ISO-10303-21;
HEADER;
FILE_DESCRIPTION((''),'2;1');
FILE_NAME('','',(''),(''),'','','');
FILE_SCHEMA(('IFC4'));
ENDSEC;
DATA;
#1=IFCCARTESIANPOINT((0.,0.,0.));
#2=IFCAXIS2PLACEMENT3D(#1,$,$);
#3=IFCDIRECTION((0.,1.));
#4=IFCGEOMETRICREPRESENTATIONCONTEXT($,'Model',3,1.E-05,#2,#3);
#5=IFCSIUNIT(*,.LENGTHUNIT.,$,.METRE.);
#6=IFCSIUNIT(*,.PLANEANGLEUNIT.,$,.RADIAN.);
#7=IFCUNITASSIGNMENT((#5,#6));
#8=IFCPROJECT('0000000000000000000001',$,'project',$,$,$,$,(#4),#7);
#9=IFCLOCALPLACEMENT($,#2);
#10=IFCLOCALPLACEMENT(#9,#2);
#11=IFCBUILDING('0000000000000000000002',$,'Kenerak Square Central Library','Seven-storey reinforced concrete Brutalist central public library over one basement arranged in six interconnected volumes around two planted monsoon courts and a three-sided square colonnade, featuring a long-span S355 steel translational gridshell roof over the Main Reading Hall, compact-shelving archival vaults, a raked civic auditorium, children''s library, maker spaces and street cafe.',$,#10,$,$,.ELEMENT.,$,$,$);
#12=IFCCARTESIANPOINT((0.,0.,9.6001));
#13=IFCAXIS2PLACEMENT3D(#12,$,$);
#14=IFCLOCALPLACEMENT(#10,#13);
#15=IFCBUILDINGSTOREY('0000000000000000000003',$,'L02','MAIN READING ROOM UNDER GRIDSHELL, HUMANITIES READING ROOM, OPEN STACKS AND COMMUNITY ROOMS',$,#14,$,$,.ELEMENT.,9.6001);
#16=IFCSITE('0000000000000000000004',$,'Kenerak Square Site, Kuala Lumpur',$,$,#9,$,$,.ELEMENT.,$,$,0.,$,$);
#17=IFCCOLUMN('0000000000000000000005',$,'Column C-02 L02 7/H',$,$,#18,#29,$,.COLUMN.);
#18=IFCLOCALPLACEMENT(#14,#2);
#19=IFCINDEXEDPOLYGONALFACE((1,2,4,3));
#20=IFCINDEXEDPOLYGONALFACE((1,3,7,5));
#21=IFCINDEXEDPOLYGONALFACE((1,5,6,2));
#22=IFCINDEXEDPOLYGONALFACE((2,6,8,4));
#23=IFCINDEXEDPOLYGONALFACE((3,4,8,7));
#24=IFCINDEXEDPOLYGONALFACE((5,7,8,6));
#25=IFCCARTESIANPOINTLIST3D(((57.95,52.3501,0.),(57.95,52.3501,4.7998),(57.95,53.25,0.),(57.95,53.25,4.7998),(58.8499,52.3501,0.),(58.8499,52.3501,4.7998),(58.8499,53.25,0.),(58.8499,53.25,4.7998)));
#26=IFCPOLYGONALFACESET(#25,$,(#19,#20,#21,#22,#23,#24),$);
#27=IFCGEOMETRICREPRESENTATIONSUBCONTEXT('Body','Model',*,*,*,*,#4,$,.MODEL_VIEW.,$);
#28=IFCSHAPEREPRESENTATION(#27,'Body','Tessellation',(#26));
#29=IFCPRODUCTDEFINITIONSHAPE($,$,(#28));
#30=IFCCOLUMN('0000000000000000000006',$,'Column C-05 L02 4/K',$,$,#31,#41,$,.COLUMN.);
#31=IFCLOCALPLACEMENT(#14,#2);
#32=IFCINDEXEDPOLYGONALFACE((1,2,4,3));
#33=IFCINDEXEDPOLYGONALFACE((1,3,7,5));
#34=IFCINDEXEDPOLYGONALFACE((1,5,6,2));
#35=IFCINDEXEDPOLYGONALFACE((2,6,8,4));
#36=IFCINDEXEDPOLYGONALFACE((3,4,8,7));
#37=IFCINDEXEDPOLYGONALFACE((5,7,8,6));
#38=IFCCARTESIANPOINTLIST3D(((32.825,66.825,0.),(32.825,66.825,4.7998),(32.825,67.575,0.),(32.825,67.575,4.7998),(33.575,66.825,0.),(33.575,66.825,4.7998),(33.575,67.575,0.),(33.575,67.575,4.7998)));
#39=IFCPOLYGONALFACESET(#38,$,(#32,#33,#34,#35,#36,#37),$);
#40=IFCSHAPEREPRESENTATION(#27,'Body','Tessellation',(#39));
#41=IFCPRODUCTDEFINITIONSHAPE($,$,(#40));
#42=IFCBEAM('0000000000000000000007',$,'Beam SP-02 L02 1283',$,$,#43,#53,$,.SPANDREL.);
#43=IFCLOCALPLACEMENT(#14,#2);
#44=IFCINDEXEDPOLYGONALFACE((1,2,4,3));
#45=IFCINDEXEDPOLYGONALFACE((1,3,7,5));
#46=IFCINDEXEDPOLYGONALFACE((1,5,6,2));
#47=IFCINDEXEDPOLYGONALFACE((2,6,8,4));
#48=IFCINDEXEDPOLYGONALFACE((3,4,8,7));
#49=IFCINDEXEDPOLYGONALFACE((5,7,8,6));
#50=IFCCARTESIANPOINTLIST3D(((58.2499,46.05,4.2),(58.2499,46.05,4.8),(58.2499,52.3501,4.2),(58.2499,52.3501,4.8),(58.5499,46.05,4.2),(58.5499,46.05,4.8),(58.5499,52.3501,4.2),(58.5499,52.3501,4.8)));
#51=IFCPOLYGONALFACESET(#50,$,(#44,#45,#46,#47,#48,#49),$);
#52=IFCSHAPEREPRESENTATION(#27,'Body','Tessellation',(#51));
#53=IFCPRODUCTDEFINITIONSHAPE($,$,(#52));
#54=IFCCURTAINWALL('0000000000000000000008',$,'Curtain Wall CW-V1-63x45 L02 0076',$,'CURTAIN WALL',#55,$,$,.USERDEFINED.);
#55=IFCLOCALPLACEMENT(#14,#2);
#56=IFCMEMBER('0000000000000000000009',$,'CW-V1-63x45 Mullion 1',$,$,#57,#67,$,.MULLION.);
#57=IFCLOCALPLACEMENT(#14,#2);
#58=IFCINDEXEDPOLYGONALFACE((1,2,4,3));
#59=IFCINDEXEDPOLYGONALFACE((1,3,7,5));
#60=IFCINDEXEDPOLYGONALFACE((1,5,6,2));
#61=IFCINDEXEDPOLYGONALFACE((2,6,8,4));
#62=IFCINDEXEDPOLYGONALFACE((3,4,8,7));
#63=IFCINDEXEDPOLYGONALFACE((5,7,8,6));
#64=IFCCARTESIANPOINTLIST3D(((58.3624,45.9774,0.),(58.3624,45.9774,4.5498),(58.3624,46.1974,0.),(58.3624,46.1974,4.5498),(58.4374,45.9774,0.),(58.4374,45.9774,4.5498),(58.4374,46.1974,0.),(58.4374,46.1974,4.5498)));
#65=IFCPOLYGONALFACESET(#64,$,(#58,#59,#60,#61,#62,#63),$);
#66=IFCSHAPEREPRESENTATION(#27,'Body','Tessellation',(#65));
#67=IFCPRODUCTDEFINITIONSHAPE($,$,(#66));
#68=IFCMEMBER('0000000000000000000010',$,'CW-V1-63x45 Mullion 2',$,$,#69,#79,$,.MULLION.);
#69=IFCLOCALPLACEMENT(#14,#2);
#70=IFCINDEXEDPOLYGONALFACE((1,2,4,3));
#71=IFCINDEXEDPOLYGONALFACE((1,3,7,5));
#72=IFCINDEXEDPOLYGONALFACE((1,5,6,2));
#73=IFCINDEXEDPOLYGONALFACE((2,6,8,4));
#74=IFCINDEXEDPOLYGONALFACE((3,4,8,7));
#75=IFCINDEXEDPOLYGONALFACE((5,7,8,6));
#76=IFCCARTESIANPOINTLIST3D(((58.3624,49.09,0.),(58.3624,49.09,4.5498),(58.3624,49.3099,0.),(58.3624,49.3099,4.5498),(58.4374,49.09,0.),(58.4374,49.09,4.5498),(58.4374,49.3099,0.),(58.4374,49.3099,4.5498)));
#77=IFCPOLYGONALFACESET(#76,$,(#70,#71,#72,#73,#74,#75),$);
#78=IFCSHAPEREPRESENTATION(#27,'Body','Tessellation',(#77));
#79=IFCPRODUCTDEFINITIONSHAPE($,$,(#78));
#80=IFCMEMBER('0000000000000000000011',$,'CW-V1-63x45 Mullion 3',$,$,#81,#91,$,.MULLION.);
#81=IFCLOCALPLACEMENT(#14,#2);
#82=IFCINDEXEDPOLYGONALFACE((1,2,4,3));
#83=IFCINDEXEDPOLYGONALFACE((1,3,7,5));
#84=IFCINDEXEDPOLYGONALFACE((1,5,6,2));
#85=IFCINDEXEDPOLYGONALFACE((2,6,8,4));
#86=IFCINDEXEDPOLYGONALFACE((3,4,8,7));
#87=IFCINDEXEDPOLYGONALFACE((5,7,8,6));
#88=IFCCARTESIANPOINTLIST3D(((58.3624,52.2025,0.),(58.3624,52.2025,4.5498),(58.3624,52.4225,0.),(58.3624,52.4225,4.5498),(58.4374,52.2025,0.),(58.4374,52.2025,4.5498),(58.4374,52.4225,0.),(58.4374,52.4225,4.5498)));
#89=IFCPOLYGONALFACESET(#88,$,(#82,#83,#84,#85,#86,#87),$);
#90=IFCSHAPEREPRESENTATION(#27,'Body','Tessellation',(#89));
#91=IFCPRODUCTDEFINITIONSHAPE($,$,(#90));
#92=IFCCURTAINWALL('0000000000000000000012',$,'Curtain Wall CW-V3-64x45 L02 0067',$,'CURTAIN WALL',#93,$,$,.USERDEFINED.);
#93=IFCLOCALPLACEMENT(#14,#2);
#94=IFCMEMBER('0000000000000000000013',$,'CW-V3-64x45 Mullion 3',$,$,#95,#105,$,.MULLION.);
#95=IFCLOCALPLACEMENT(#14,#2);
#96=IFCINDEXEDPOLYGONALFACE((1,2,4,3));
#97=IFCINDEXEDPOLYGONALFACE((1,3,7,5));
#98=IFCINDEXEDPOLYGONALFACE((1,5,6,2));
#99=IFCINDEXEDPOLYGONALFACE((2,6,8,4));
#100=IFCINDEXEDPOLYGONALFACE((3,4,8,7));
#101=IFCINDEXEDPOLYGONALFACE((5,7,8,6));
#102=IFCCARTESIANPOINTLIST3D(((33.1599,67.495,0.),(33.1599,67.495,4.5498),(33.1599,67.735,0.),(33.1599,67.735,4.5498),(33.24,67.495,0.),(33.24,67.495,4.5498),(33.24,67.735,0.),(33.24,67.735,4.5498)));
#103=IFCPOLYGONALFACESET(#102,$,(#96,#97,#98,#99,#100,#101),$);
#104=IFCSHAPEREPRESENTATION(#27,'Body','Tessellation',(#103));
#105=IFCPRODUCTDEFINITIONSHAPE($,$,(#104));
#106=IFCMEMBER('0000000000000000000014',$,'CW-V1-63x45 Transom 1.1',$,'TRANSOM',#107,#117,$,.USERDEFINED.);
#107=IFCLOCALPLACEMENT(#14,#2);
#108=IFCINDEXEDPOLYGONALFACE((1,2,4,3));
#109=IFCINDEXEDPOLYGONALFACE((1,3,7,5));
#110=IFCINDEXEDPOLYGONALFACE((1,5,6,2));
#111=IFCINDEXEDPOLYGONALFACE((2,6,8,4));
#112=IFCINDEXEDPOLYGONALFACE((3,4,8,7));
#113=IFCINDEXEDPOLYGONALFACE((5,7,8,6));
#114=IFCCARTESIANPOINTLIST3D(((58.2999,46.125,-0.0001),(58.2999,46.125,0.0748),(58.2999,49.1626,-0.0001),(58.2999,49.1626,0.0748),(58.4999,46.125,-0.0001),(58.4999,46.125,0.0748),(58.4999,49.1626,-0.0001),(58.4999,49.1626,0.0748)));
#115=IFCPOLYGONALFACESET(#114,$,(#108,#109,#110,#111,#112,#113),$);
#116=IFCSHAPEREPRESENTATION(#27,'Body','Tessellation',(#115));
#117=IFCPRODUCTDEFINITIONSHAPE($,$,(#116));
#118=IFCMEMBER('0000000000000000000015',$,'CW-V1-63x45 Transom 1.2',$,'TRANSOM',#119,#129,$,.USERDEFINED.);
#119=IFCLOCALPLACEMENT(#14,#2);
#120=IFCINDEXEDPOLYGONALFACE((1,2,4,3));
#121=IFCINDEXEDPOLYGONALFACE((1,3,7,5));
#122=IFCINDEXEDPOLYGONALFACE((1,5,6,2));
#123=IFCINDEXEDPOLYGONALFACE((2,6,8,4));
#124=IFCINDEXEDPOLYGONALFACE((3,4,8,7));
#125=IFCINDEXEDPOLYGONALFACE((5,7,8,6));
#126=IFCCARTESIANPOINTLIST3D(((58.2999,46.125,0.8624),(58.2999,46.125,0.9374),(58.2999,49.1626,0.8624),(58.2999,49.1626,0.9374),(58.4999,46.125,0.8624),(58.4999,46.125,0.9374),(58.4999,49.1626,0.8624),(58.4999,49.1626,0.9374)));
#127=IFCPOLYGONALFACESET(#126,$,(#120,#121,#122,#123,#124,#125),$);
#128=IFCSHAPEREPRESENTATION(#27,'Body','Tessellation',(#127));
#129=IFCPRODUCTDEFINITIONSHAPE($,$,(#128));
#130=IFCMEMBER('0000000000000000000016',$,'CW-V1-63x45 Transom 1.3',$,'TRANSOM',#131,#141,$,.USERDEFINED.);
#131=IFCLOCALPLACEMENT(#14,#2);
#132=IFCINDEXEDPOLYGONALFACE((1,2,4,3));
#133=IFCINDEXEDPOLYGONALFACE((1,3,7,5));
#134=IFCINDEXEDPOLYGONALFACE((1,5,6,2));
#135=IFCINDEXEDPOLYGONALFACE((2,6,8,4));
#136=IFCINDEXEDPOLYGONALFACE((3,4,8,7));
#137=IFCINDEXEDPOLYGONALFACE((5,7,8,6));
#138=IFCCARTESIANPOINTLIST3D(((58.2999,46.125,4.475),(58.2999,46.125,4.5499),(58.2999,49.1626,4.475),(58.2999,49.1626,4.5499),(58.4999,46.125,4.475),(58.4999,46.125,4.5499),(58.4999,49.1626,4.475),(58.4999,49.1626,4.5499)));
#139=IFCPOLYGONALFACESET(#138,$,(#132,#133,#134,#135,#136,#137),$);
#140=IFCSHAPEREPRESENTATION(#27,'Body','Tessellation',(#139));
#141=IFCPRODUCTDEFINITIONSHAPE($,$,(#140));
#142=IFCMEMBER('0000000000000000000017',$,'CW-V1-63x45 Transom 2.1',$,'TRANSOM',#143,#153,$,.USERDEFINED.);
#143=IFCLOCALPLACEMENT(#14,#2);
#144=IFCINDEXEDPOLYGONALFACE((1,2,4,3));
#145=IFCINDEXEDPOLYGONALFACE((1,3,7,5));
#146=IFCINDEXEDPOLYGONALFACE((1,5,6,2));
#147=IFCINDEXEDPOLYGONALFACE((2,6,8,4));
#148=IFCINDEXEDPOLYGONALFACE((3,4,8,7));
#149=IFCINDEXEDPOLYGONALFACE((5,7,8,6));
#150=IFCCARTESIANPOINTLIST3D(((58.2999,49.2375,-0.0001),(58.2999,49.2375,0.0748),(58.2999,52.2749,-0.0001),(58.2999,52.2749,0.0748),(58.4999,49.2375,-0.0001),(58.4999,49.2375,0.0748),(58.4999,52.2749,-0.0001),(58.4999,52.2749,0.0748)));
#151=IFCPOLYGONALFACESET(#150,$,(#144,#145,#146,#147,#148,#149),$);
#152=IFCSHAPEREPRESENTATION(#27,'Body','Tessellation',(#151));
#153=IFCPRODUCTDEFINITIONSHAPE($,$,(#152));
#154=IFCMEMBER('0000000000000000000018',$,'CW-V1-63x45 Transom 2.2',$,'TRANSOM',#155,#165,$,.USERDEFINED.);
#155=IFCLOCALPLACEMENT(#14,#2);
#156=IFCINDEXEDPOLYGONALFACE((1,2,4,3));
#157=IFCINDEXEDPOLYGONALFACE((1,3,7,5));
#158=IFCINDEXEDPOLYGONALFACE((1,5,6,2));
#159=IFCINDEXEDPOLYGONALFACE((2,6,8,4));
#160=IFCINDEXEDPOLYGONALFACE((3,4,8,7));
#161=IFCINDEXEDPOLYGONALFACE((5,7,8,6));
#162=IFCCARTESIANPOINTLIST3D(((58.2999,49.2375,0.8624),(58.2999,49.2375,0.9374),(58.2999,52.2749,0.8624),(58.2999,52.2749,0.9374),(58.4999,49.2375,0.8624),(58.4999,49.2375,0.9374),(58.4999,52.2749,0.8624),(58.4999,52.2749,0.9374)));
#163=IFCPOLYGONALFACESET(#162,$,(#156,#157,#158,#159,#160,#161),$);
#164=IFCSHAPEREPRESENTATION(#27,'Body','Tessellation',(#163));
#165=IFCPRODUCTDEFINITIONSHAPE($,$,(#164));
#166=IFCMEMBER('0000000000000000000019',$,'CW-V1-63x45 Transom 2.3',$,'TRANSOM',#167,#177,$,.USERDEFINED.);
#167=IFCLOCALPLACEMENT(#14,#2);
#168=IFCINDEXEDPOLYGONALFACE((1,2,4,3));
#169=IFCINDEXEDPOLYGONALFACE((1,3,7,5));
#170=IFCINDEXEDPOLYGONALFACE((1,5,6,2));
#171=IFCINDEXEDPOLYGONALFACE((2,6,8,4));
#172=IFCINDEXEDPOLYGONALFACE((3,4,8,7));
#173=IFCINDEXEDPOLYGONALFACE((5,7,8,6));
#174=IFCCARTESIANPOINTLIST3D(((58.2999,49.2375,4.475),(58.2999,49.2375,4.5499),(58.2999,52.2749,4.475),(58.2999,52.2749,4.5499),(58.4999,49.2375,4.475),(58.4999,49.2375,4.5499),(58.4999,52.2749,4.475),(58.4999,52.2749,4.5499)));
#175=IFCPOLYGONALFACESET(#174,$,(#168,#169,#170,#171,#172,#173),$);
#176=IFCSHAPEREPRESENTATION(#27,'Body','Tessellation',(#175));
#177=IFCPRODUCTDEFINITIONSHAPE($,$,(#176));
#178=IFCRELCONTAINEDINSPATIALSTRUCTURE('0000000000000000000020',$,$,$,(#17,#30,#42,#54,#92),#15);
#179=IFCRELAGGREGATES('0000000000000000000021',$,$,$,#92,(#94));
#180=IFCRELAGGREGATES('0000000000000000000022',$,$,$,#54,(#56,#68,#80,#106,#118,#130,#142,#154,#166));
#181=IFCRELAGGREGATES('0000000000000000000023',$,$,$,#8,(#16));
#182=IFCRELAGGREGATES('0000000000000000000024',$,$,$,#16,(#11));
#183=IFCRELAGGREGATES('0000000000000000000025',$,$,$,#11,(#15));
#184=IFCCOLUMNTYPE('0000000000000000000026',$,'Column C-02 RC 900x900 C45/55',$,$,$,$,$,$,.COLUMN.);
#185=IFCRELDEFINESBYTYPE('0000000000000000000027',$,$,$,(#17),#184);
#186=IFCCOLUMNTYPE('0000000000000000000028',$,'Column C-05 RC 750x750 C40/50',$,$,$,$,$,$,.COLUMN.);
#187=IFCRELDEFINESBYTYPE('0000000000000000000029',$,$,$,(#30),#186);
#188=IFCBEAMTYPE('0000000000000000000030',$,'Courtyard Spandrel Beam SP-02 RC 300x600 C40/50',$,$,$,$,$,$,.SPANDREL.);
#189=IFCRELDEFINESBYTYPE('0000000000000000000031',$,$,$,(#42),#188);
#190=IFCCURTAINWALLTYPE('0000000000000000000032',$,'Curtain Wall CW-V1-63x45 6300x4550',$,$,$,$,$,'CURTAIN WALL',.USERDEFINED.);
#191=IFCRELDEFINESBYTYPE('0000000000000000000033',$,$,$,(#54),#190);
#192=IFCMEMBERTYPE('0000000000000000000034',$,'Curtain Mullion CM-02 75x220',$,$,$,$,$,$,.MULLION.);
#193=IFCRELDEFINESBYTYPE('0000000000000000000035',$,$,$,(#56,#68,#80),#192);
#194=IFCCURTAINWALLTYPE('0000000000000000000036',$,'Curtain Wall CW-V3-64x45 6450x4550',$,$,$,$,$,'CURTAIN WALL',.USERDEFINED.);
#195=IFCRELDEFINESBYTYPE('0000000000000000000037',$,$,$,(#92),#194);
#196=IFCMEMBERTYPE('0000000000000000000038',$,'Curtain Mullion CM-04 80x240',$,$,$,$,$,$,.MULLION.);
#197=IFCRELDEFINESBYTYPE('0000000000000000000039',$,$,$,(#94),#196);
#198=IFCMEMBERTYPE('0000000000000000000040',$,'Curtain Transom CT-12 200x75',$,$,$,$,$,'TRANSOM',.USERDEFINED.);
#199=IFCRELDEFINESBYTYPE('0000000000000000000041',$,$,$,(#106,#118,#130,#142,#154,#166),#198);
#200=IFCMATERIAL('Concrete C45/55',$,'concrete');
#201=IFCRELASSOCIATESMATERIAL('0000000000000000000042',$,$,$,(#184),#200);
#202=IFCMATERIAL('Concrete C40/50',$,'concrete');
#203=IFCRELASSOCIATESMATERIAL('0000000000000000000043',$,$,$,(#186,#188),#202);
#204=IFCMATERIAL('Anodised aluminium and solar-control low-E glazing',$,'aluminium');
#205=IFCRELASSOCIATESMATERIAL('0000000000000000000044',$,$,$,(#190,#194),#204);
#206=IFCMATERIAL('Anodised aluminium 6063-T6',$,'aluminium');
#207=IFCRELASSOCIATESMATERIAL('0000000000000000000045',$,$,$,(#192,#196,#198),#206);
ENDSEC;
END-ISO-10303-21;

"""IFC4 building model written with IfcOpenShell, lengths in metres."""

from ifc_helpers import new_model, si_unit, direction, frame, origin, origin_2d, place, context, subcontext, project, spatial, rectangle, extrude, material, material_profile, profile_set, type_object, element, aggregate, save


model = new_model("IFC4")

# Units and contexts
model_context = context("Model", 3, precision=1e-05, world=origin(), true_north=direction((0.0, 1.0)))
body_context = subcontext(model_context, "Body", "Model", "MODEL_VIEW")
ifc_project = project(units=[si_unit("LENGTHUNIT", "METRE"), si_unit("PLANEANGLEUNIT", "RADIAN")], contexts=[model_context])

# Site, building, storey
site_placement = place(None, origin())
site = spatial("IfcSite", under=ifc_project, at=site_placement, Name="Kenerak Square Site, Kuala Lumpur", CompositionType="ELEMENT", RefElevation=0.0)
building_placement = place(site_placement, origin())
building = spatial("IfcBuilding", under=site, at=building_placement, Name="Kenerak Square Central Library", Description="Seven-storey reinforced concrete Brutalist central public library over one basement arranged in six interconnected volumes around two planted monsoon courts and a three-sided square colonnade, featuring a long-span S355 steel translational gridshell roof over the Main Reading Hall, compact-shelving archival vaults, a raked civic auditorium, children's library, maker spaces and street cafe.", CompositionType="ELEMENT")
storey_placement = place(building_placement, frame((0.0, 0.0, 9.6001)))
storey = spatial("IfcBuildingStorey", under=building, at=storey_placement, Name="L02", Description="MAIN READING ROOM UNDER GRIDSHELL, HUMANITIES READING ROOM, OPEN STACKS AND COMMUNITY ROOMS", CompositionType="ELEMENT", Elevation=9.6001)

# Columns
ifc_material_1 = material(Name="Concrete C45/55", Category="concrete")
ifc_material_profile_1 = material_profile(ifc_material_1, rectangle(XDim=0.8999, YDim=0.8999, at=origin_2d()), Name="RC 900x900")
ifc_profile_set_1 = profile_set([ifc_material_profile_1], Name="Concrete C45/55")
column_type_1 = type_object("IfcColumnType", Name="Column C-02 RC 900x900 C45/55", PredefinedType="COLUMN", material=ifc_profile_set_1)
column_1_placement = place(storey_placement, frame((58.3999, 52.8, 0.0), z_axis=(0.0, 0.0, 1.0), x_axis=(1.0, 0.0, 0.0)))
element("IfcColumn", 1, at=column_1_placement, inside=storey, type_object=column_type_1, Name="Column C-02 L02 7/H", PredefinedType="COLUMN", context=body_context, shape_type="SweptSolid", body=[
    extrude(rectangle(XDim=0.8999, YDim=0.8999, at=origin_2d()), origin(), (0.0, 0.0, 1.0), 4.7998),
])
ifc_material_2 = material(Name="Concrete C40/50", Category="concrete")
ifc_material_profile_2 = material_profile(ifc_material_2, rectangle(XDim=0.75, YDim=0.75, at=origin_2d()), Name="RC 750x750")
ifc_profile_set_2 = profile_set([ifc_material_profile_2], Name="Concrete C40/50")
column_type_2 = type_object("IfcColumnType", Name="Column C-05 RC 750x750 C40/50", PredefinedType="COLUMN", material=ifc_profile_set_2)
column_2_placement = place(storey_placement, frame((33.2, 67.2, 0.0), z_axis=(0.0, 0.0, 1.0), x_axis=(1.0, 0.0, 0.0)))
element("IfcColumn", 2, at=column_2_placement, inside=storey, type_object=column_type_2, Name="Column C-05 L02 4/K", PredefinedType="COLUMN", context=body_context, shape_type="SweptSolid", body=[
    extrude(rectangle(XDim=0.75, YDim=0.75, at=origin_2d()), origin(), (0.0, 0.0, 1.0), 4.7998),
])

# Beam
ifc_material_profile_3 = material_profile(ifc_material_2, rectangle(XDim=0.3, YDim=0.6001, at=origin_2d()), Name="RC 300x600")
ifc_profile_set_3 = profile_set([ifc_material_profile_3], Name="Concrete C40/50")
beam_type = type_object("IfcBeamType", Name="Courtyard Spandrel Beam SP-02 RC 300x600 C40/50", PredefinedType="SPANDREL", material=ifc_profile_set_3)
beam_placement = place(storey_placement, frame((58.3999, 46.05, 4.5), z_axis=(0.0, 1.0, 0.0), x_axis=(-1.0, 0.0, 0.0)))
element("IfcBeam", 3, at=beam_placement, inside=storey, type_object=beam_type, Name="Beam SP-02 L02 1283", PredefinedType="SPANDREL", context=body_context, shape_type="SweptSolid", body=[
    extrude(rectangle(XDim=0.3, YDim=0.6001, at=origin_2d()), origin(), (0.0, 0.0, 1.0), 6.3),
])

# Curtain wall, members
ifc_material_3 = material(Name="Anodised aluminium and solar-control low-E glazing", Category="aluminium")
curtain_wall_type_1 = type_object("IfcCurtainWallType", Name="Curtain Wall CW-V1-63x45 6300x4550", ElementType="CURTAIN WALL", PredefinedType="USERDEFINED", material=ifc_material_3)
curtain_wall_1_placement = place(storey_placement, origin())
curtain_wall_1 = element("IfcCurtainWall", 4, at=curtain_wall_1_placement, inside=storey, type_object=curtain_wall_type_1, Name="Curtain Wall CW-V1-63x45 L02 0076", ObjectType="CURTAIN WALL", PredefinedType="USERDEFINED")
ifc_material_4 = material(Name="Anodised aluminium 6063-T6", Category="aluminium")
ifc_material_profile_4 = material_profile(ifc_material_4, rectangle(XDim=0.075, YDim=0.22, at=origin_2d()), Name="AL MULLION 75x220")
ifc_profile_set_4 = profile_set([ifc_material_profile_4], Name="Anodised aluminium 6063-T6")
member_type_1 = type_object("IfcMemberType", Name="Curtain Mullion CM-02 75x220", PredefinedType="MULLION", material=ifc_profile_set_4)
member_1_placement = place(storey_placement, frame((58.3999, 46.0874, 0.0), z_axis=(0.0, 0.0, 1.0), x_axis=(-1.0, 0.0, 0.0)))
member_1 = element("IfcMember", 5, at=member_1_placement, type_object=member_type_1, Name="CW-V1-63x45 Mullion 1", PredefinedType="MULLION", context=body_context, shape_type="SweptSolid", body=[
    extrude(rectangle(XDim=0.075, YDim=0.22, at=origin_2d()), origin(), (0.0, 0.0, 1.0), 4.5498),
])
member_2_placement = place(storey_placement, frame((58.3999, 49.2, 0.0), z_axis=(0.0, 0.0, 1.0), x_axis=(-1.0, 0.0, 0.0)))
member_2 = element("IfcMember", 6, at=member_2_placement, type_object=member_type_1, Name="CW-V1-63x45 Mullion 2", PredefinedType="MULLION", context=body_context, shape_type="SweptSolid", body=[
    extrude(rectangle(XDim=0.075, YDim=0.22, at=origin_2d()), origin(), (0.0, 0.0, 1.0), 4.5498),
])
member_3_placement = place(storey_placement, frame((58.3999, 52.3125, 0.0), z_axis=(0.0, 0.0, 1.0), x_axis=(-1.0, 0.0, 0.0)))
member_3 = element("IfcMember", 7, at=member_3_placement, type_object=member_type_1, Name="CW-V1-63x45 Mullion 3", PredefinedType="MULLION", context=body_context, shape_type="SweptSolid", body=[
    extrude(rectangle(XDim=0.075, YDim=0.22, at=origin_2d()), origin(), (0.0, 0.0, 1.0), 4.5498),
])

# Curtain wall, member
curtain_wall_type_2 = type_object("IfcCurtainWallType", Name="Curtain Wall CW-V3-64x45 6450x4550", ElementType="CURTAIN WALL", PredefinedType="USERDEFINED", material=ifc_material_3)
curtain_wall_2_placement = place(storey_placement, origin())
curtain_wall_2 = element("IfcCurtainWall", 8, at=curtain_wall_2_placement, inside=storey, type_object=curtain_wall_type_2, Name="Curtain Wall CW-V3-64x45 L02 0067", ObjectType="CURTAIN WALL", PredefinedType="USERDEFINED")
ifc_material_profile_5 = material_profile(ifc_material_4, rectangle(XDim=0.0801, YDim=0.24, at=origin_2d()), Name="AL MULLION 80x240")
ifc_profile_set_5 = profile_set([ifc_material_profile_5], Name="Anodised aluminium 6063-T6")
member_type_2 = type_object("IfcMemberType", Name="Curtain Mullion CM-04 80x240", PredefinedType="MULLION", material=ifc_profile_set_5)
member_4_placement = place(storey_placement, frame((33.2, 67.615, 0.0), z_axis=(0.0, 0.0, 1.0), x_axis=(1.0, 0.0, 0.0)))
member_4 = element("IfcMember", 9, at=member_4_placement, type_object=member_type_2, Name="CW-V3-64x45 Mullion 3", PredefinedType="MULLION", context=body_context, shape_type="SweptSolid", body=[
    extrude(rectangle(XDim=0.0801, YDim=0.24, at=origin_2d()), origin(), (0.0, 0.0, 1.0), 4.5498),
])

# Members
ifc_material_profile_6 = material_profile(ifc_material_4, rectangle(XDim=0.2, YDim=0.075, at=origin_2d()), Name="AL TRANSOM 200x75")
ifc_profile_set_6 = profile_set([ifc_material_profile_6], Name="Anodised aluminium 6063-T6")
member_type_3 = type_object("IfcMemberType", Name="Curtain Transom CT-12 200x75", ElementType="TRANSOM", PredefinedType="USERDEFINED", material=ifc_profile_set_6)
member_5_placement = place(storey_placement, frame((58.3999, 46.125, 0.0374), z_axis=(0.0, 1.0, 0.0), x_axis=(-1.0, 0.0, 0.0)))
member_5 = element("IfcMember", 10, at=member_5_placement, type_object=member_type_3, Name="CW-V1-63x45 Transom 1.1", ObjectType="TRANSOM", PredefinedType="USERDEFINED", context=body_context, shape_type="SweptSolid", body=[
    extrude(rectangle(XDim=0.2, YDim=0.075, at=origin_2d()), origin(), (0.0, 0.0, 1.0), 3.0376),
])
member_6_placement = place(storey_placement, frame((58.3999, 46.125, 0.8999), z_axis=(0.0, 1.0, 0.0), x_axis=(-1.0, 0.0, 0.0)))
member_6 = element("IfcMember", 11, at=member_6_placement, type_object=member_type_3, Name="CW-V1-63x45 Transom 1.2", ObjectType="TRANSOM", PredefinedType="USERDEFINED", context=body_context, shape_type="SweptSolid", body=[
    extrude(rectangle(XDim=0.2, YDim=0.075, at=origin_2d()), origin(), (0.0, 0.0, 1.0), 3.0376),
])
member_7_placement = place(storey_placement, frame((58.3999, 46.125, 4.5125), z_axis=(0.0, 1.0, 0.0), x_axis=(-1.0, 0.0, 0.0)))
member_7 = element("IfcMember", 12, at=member_7_placement, type_object=member_type_3, Name="CW-V1-63x45 Transom 1.3", ObjectType="TRANSOM", PredefinedType="USERDEFINED", context=body_context, shape_type="SweptSolid", body=[
    extrude(rectangle(XDim=0.2, YDim=0.075, at=origin_2d()), origin(), (0.0, 0.0, 1.0), 3.0376),
])
member_8_placement = place(storey_placement, frame((58.3999, 49.2375, 0.0374), z_axis=(0.0, 1.0, 0.0), x_axis=(-1.0, 0.0, 0.0)))
member_8 = element("IfcMember", 13, at=member_8_placement, type_object=member_type_3, Name="CW-V1-63x45 Transom 2.1", ObjectType="TRANSOM", PredefinedType="USERDEFINED", context=body_context, shape_type="SweptSolid", body=[
    extrude(rectangle(XDim=0.2, YDim=0.075, at=origin_2d()), origin(), (0.0, 0.0, 1.0), 3.0374),
])
member_9_placement = place(storey_placement, frame((58.3999, 49.2375, 0.8999), z_axis=(0.0, 1.0, 0.0), x_axis=(-1.0, 0.0, 0.0)))
member_9 = element("IfcMember", 14, at=member_9_placement, type_object=member_type_3, Name="CW-V1-63x45 Transom 2.2", ObjectType="TRANSOM", PredefinedType="USERDEFINED", context=body_context, shape_type="SweptSolid", body=[
    extrude(rectangle(XDim=0.2, YDim=0.075, at=origin_2d()), origin(), (0.0, 0.0, 1.0), 3.0374),
])
member_10_placement = place(storey_placement, frame((58.3999, 49.2375, 4.5125), z_axis=(0.0, 1.0, 0.0), x_axis=(-1.0, 0.0, 0.0)))
member_10 = element("IfcMember", 15, at=member_10_placement, type_object=member_type_3, Name="CW-V1-63x45 Transom 2.3", ObjectType="TRANSOM", PredefinedType="USERDEFINED", context=body_context, shape_type="SweptSolid", body=[
    extrude(rectangle(XDim=0.2, YDim=0.075, at=origin_2d()), origin(), (0.0, 0.0, 1.0), 3.0374),
])

aggregate(curtain_wall_2, [member_4])
aggregate(curtain_wall_1, [member_1, member_2, member_3, member_5, member_6, member_7, member_8, member_9, member_10])

save(model, "model.ifc")
